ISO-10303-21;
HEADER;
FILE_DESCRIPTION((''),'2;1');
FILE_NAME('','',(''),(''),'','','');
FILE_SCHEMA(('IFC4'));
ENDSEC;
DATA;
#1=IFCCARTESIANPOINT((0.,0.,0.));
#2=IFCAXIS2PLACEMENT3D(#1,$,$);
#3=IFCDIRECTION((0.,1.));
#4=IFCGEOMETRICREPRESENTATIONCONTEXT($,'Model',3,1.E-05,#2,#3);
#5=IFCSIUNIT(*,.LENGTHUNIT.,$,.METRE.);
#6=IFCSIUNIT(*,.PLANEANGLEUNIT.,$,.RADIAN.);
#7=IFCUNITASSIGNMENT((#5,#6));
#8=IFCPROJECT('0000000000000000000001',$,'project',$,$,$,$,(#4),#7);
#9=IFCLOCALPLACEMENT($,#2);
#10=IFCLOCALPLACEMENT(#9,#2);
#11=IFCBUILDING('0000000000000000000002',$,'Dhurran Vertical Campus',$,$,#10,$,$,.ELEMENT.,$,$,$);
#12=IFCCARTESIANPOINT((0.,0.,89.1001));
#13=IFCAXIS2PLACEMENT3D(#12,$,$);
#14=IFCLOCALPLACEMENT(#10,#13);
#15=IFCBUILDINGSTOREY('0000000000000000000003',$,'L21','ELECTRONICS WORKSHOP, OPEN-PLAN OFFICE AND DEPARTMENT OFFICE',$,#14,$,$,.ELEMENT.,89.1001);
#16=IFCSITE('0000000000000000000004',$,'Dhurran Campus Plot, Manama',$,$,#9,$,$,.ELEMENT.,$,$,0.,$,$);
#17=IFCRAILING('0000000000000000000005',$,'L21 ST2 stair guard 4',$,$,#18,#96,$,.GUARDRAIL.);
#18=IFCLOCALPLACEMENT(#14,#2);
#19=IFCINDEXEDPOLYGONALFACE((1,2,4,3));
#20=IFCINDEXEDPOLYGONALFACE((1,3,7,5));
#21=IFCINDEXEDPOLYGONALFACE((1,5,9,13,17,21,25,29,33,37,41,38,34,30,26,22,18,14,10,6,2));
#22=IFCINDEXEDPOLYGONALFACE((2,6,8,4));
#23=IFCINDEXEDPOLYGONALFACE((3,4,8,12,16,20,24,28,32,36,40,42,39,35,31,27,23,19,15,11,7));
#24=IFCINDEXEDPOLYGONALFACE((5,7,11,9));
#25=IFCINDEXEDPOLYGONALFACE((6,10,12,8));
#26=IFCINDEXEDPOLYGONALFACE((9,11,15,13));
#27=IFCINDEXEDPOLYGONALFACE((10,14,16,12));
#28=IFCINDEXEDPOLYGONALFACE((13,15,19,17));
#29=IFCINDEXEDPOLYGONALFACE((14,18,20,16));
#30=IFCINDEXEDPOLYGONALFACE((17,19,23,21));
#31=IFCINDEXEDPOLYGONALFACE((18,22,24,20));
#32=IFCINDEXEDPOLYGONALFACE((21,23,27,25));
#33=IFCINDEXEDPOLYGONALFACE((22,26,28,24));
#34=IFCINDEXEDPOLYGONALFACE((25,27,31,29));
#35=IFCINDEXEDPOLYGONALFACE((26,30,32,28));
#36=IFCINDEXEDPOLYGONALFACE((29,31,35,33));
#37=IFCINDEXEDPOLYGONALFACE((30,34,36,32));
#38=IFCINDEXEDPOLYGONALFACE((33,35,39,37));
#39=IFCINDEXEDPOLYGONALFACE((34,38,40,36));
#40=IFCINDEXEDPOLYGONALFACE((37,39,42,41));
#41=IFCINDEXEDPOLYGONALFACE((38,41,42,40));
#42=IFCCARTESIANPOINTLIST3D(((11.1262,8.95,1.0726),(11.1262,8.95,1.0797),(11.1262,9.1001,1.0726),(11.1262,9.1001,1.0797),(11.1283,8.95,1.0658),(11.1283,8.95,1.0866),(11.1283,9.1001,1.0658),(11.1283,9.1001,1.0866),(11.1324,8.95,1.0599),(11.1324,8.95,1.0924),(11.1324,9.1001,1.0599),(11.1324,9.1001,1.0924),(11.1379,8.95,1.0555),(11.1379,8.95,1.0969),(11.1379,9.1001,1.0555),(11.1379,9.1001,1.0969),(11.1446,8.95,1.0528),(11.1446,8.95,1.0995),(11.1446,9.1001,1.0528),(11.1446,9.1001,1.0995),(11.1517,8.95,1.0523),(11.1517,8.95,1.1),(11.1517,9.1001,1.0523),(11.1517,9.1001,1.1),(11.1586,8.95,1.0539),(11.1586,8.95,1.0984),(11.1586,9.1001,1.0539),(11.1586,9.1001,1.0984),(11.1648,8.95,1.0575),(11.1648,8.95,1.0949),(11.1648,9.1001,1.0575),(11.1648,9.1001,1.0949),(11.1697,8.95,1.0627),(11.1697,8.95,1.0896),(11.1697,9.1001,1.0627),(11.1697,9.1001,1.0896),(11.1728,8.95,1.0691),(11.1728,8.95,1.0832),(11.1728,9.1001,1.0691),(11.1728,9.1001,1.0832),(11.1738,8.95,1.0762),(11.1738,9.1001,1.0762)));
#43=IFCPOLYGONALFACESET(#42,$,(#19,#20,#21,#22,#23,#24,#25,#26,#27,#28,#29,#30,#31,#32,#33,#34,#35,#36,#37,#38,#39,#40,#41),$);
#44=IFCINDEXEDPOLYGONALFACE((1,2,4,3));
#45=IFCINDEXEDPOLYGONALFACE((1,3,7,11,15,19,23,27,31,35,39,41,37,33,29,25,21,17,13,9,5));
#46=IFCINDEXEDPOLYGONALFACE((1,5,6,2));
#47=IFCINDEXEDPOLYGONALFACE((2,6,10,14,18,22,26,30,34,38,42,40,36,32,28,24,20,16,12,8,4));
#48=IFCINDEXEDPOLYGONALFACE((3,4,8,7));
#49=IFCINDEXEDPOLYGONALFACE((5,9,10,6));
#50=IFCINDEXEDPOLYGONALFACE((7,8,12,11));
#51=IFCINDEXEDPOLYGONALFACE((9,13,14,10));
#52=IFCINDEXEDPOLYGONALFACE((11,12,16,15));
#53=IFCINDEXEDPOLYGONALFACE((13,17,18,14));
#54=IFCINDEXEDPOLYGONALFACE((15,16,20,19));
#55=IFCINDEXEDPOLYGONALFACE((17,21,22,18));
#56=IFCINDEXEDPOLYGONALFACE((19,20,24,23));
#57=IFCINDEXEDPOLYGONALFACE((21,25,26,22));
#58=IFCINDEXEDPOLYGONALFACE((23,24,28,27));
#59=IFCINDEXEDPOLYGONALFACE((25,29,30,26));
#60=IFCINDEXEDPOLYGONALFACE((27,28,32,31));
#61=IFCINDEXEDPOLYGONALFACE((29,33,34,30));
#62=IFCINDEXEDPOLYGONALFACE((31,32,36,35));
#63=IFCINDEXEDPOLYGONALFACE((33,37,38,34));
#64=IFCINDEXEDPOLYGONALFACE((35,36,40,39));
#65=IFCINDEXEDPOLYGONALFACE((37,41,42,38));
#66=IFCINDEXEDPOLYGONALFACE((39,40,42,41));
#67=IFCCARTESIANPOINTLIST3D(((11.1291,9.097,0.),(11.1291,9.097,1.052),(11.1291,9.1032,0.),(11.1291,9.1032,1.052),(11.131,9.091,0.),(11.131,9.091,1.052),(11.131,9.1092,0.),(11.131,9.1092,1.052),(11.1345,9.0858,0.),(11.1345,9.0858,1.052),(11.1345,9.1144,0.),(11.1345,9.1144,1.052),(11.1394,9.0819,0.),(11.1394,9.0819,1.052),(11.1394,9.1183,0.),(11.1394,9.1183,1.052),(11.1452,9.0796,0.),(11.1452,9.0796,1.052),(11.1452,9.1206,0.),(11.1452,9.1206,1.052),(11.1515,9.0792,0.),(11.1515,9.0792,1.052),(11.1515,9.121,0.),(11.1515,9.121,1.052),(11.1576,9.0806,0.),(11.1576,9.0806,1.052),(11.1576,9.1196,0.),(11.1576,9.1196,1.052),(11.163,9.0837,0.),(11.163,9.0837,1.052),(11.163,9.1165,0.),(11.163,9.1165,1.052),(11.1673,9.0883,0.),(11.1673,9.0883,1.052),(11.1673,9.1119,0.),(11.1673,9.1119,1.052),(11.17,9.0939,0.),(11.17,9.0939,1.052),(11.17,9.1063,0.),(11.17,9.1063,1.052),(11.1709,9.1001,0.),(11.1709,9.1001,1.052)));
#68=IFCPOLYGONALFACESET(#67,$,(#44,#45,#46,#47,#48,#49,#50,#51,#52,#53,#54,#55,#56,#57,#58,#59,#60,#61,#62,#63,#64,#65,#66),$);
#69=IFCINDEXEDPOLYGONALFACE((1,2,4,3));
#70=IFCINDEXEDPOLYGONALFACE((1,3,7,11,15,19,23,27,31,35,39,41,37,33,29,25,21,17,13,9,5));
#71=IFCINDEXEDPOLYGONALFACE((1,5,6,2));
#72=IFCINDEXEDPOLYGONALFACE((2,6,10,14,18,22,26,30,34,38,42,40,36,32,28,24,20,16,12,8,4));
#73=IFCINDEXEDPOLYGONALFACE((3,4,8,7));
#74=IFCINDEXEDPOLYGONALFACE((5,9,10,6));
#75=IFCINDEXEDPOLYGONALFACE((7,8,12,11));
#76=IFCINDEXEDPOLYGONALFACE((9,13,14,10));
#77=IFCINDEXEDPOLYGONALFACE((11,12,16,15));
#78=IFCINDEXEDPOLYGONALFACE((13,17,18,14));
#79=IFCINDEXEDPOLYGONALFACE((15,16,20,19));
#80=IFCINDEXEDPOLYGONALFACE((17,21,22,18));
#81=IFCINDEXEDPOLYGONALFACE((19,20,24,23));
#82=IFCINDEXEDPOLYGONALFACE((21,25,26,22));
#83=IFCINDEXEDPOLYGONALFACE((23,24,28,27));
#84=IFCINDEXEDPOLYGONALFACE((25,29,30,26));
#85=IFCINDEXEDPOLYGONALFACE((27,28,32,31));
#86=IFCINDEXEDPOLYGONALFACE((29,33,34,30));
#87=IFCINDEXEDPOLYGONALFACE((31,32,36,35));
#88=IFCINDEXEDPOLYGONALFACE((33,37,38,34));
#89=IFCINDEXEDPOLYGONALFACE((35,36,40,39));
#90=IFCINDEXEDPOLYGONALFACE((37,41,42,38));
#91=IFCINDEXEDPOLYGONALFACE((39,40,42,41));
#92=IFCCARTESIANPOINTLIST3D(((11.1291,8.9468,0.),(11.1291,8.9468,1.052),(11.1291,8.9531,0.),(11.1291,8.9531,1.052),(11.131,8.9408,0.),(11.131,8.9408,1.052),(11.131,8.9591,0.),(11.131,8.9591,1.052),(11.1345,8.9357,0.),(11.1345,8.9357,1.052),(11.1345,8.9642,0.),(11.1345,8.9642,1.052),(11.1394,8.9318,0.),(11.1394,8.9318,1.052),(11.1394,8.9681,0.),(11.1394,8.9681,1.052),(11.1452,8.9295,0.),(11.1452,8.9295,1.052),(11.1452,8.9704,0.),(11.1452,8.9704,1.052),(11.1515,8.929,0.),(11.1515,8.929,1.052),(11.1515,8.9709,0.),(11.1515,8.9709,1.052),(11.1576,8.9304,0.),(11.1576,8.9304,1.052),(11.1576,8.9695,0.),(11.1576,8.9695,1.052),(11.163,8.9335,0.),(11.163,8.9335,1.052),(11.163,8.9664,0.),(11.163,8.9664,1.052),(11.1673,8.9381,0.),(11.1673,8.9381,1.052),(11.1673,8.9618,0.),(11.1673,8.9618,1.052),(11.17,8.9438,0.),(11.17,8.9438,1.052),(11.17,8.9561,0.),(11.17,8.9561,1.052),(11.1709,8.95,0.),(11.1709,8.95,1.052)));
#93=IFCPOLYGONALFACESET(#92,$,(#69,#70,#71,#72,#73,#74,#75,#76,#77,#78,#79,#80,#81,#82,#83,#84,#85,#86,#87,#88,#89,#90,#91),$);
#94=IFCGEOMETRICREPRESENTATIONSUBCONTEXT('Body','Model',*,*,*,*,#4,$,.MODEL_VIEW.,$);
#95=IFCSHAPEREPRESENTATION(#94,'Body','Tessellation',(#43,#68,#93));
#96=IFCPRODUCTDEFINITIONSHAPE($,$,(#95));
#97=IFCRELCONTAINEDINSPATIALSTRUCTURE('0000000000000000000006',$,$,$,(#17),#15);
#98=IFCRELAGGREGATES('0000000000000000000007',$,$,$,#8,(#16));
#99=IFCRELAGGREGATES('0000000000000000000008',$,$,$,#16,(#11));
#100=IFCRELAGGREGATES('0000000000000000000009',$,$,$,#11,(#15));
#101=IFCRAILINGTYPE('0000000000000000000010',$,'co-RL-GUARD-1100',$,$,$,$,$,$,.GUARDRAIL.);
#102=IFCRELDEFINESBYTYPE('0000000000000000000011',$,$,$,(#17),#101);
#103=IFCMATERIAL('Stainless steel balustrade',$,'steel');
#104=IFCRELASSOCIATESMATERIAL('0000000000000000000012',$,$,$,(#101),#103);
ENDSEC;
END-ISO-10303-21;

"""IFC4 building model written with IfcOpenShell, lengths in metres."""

from ifc_helpers import new_model, si_unit, direction, frame, origin, origin_2d, place, context, subcontext, project, spatial, circle, extrude, material, type_object, element, save


model = new_model("IFC4")

# Units and contexts
model_context = context("Model", 3, precision=1e-05, world=origin(), true_north=direction((0.0, 1.0)))
body_context = subcontext(model_context, "Body", "Model", "MODEL_VIEW")
ifc_project = project(units=[si_unit("LENGTHUNIT", "METRE"), si_unit("PLANEANGLEUNIT", "RADIAN")], contexts=[model_context])

# Site, building, storey
site_placement = place(None, origin())
site = spatial("IfcSite", under=ifc_project, at=site_placement, Name="Dhurran Campus Plot, Manama", CompositionType="ELEMENT", RefElevation=0.0)
building_placement = place(site_placement, origin())
building = spatial("IfcBuilding", under=site, at=building_placement, Name="Dhurran Vertical Campus", CompositionType="ELEMENT")
storey_placement = place(building_placement, frame((0.0, 0.0, 89.1001)))
storey = spatial("IfcBuildingStorey", under=building, at=storey_placement, Name="L21", Description="ELECTRONICS WORKSHOP, OPEN-PLAN OFFICE AND DEPARTMENT OFFICE", CompositionType="ELEMENT", Elevation=89.1001)

# Railing
ifc_material_1 = material(Name="Stainless steel balustrade", Category="steel")
railing_type_1 = type_object("IfcRailingType", Name="co-RL-GUARD-1100", PredefinedType="GUARDRAIL", material=ifc_material_1)
railing_1_placement = place(storey_placement, frame((11.1499, 9.1001, 0.0)))
element("IfcRailing", 1, at=railing_1_placement, inside=storey, type_object=railing_type_1, Name="L21 ST2 stair guard 4", PredefinedType="GUARDRAIL", context=body_context, shape_type="SweptSolid", body=[
    extrude(circle(Radius=0.0239, at=origin_2d()), frame((0.0, 0.0, 1.0762), z_axis=(0.0, -1.0, 0.0), x_axis=(1.0, 0.0, 0.0)), (0.0, 0.0, 1.0), 0.1501),
    extrude(circle(Radius=0.021, at=origin_2d()), origin(), (0.0, 0.0, 1.0), 1.052),
    extrude(circle(Radius=0.021, at=origin_2d()), frame((0.0, -0.1501, 0.0)), (0.0, 0.0, 1.0), 1.052),
])

save(model, "model.ifc")
